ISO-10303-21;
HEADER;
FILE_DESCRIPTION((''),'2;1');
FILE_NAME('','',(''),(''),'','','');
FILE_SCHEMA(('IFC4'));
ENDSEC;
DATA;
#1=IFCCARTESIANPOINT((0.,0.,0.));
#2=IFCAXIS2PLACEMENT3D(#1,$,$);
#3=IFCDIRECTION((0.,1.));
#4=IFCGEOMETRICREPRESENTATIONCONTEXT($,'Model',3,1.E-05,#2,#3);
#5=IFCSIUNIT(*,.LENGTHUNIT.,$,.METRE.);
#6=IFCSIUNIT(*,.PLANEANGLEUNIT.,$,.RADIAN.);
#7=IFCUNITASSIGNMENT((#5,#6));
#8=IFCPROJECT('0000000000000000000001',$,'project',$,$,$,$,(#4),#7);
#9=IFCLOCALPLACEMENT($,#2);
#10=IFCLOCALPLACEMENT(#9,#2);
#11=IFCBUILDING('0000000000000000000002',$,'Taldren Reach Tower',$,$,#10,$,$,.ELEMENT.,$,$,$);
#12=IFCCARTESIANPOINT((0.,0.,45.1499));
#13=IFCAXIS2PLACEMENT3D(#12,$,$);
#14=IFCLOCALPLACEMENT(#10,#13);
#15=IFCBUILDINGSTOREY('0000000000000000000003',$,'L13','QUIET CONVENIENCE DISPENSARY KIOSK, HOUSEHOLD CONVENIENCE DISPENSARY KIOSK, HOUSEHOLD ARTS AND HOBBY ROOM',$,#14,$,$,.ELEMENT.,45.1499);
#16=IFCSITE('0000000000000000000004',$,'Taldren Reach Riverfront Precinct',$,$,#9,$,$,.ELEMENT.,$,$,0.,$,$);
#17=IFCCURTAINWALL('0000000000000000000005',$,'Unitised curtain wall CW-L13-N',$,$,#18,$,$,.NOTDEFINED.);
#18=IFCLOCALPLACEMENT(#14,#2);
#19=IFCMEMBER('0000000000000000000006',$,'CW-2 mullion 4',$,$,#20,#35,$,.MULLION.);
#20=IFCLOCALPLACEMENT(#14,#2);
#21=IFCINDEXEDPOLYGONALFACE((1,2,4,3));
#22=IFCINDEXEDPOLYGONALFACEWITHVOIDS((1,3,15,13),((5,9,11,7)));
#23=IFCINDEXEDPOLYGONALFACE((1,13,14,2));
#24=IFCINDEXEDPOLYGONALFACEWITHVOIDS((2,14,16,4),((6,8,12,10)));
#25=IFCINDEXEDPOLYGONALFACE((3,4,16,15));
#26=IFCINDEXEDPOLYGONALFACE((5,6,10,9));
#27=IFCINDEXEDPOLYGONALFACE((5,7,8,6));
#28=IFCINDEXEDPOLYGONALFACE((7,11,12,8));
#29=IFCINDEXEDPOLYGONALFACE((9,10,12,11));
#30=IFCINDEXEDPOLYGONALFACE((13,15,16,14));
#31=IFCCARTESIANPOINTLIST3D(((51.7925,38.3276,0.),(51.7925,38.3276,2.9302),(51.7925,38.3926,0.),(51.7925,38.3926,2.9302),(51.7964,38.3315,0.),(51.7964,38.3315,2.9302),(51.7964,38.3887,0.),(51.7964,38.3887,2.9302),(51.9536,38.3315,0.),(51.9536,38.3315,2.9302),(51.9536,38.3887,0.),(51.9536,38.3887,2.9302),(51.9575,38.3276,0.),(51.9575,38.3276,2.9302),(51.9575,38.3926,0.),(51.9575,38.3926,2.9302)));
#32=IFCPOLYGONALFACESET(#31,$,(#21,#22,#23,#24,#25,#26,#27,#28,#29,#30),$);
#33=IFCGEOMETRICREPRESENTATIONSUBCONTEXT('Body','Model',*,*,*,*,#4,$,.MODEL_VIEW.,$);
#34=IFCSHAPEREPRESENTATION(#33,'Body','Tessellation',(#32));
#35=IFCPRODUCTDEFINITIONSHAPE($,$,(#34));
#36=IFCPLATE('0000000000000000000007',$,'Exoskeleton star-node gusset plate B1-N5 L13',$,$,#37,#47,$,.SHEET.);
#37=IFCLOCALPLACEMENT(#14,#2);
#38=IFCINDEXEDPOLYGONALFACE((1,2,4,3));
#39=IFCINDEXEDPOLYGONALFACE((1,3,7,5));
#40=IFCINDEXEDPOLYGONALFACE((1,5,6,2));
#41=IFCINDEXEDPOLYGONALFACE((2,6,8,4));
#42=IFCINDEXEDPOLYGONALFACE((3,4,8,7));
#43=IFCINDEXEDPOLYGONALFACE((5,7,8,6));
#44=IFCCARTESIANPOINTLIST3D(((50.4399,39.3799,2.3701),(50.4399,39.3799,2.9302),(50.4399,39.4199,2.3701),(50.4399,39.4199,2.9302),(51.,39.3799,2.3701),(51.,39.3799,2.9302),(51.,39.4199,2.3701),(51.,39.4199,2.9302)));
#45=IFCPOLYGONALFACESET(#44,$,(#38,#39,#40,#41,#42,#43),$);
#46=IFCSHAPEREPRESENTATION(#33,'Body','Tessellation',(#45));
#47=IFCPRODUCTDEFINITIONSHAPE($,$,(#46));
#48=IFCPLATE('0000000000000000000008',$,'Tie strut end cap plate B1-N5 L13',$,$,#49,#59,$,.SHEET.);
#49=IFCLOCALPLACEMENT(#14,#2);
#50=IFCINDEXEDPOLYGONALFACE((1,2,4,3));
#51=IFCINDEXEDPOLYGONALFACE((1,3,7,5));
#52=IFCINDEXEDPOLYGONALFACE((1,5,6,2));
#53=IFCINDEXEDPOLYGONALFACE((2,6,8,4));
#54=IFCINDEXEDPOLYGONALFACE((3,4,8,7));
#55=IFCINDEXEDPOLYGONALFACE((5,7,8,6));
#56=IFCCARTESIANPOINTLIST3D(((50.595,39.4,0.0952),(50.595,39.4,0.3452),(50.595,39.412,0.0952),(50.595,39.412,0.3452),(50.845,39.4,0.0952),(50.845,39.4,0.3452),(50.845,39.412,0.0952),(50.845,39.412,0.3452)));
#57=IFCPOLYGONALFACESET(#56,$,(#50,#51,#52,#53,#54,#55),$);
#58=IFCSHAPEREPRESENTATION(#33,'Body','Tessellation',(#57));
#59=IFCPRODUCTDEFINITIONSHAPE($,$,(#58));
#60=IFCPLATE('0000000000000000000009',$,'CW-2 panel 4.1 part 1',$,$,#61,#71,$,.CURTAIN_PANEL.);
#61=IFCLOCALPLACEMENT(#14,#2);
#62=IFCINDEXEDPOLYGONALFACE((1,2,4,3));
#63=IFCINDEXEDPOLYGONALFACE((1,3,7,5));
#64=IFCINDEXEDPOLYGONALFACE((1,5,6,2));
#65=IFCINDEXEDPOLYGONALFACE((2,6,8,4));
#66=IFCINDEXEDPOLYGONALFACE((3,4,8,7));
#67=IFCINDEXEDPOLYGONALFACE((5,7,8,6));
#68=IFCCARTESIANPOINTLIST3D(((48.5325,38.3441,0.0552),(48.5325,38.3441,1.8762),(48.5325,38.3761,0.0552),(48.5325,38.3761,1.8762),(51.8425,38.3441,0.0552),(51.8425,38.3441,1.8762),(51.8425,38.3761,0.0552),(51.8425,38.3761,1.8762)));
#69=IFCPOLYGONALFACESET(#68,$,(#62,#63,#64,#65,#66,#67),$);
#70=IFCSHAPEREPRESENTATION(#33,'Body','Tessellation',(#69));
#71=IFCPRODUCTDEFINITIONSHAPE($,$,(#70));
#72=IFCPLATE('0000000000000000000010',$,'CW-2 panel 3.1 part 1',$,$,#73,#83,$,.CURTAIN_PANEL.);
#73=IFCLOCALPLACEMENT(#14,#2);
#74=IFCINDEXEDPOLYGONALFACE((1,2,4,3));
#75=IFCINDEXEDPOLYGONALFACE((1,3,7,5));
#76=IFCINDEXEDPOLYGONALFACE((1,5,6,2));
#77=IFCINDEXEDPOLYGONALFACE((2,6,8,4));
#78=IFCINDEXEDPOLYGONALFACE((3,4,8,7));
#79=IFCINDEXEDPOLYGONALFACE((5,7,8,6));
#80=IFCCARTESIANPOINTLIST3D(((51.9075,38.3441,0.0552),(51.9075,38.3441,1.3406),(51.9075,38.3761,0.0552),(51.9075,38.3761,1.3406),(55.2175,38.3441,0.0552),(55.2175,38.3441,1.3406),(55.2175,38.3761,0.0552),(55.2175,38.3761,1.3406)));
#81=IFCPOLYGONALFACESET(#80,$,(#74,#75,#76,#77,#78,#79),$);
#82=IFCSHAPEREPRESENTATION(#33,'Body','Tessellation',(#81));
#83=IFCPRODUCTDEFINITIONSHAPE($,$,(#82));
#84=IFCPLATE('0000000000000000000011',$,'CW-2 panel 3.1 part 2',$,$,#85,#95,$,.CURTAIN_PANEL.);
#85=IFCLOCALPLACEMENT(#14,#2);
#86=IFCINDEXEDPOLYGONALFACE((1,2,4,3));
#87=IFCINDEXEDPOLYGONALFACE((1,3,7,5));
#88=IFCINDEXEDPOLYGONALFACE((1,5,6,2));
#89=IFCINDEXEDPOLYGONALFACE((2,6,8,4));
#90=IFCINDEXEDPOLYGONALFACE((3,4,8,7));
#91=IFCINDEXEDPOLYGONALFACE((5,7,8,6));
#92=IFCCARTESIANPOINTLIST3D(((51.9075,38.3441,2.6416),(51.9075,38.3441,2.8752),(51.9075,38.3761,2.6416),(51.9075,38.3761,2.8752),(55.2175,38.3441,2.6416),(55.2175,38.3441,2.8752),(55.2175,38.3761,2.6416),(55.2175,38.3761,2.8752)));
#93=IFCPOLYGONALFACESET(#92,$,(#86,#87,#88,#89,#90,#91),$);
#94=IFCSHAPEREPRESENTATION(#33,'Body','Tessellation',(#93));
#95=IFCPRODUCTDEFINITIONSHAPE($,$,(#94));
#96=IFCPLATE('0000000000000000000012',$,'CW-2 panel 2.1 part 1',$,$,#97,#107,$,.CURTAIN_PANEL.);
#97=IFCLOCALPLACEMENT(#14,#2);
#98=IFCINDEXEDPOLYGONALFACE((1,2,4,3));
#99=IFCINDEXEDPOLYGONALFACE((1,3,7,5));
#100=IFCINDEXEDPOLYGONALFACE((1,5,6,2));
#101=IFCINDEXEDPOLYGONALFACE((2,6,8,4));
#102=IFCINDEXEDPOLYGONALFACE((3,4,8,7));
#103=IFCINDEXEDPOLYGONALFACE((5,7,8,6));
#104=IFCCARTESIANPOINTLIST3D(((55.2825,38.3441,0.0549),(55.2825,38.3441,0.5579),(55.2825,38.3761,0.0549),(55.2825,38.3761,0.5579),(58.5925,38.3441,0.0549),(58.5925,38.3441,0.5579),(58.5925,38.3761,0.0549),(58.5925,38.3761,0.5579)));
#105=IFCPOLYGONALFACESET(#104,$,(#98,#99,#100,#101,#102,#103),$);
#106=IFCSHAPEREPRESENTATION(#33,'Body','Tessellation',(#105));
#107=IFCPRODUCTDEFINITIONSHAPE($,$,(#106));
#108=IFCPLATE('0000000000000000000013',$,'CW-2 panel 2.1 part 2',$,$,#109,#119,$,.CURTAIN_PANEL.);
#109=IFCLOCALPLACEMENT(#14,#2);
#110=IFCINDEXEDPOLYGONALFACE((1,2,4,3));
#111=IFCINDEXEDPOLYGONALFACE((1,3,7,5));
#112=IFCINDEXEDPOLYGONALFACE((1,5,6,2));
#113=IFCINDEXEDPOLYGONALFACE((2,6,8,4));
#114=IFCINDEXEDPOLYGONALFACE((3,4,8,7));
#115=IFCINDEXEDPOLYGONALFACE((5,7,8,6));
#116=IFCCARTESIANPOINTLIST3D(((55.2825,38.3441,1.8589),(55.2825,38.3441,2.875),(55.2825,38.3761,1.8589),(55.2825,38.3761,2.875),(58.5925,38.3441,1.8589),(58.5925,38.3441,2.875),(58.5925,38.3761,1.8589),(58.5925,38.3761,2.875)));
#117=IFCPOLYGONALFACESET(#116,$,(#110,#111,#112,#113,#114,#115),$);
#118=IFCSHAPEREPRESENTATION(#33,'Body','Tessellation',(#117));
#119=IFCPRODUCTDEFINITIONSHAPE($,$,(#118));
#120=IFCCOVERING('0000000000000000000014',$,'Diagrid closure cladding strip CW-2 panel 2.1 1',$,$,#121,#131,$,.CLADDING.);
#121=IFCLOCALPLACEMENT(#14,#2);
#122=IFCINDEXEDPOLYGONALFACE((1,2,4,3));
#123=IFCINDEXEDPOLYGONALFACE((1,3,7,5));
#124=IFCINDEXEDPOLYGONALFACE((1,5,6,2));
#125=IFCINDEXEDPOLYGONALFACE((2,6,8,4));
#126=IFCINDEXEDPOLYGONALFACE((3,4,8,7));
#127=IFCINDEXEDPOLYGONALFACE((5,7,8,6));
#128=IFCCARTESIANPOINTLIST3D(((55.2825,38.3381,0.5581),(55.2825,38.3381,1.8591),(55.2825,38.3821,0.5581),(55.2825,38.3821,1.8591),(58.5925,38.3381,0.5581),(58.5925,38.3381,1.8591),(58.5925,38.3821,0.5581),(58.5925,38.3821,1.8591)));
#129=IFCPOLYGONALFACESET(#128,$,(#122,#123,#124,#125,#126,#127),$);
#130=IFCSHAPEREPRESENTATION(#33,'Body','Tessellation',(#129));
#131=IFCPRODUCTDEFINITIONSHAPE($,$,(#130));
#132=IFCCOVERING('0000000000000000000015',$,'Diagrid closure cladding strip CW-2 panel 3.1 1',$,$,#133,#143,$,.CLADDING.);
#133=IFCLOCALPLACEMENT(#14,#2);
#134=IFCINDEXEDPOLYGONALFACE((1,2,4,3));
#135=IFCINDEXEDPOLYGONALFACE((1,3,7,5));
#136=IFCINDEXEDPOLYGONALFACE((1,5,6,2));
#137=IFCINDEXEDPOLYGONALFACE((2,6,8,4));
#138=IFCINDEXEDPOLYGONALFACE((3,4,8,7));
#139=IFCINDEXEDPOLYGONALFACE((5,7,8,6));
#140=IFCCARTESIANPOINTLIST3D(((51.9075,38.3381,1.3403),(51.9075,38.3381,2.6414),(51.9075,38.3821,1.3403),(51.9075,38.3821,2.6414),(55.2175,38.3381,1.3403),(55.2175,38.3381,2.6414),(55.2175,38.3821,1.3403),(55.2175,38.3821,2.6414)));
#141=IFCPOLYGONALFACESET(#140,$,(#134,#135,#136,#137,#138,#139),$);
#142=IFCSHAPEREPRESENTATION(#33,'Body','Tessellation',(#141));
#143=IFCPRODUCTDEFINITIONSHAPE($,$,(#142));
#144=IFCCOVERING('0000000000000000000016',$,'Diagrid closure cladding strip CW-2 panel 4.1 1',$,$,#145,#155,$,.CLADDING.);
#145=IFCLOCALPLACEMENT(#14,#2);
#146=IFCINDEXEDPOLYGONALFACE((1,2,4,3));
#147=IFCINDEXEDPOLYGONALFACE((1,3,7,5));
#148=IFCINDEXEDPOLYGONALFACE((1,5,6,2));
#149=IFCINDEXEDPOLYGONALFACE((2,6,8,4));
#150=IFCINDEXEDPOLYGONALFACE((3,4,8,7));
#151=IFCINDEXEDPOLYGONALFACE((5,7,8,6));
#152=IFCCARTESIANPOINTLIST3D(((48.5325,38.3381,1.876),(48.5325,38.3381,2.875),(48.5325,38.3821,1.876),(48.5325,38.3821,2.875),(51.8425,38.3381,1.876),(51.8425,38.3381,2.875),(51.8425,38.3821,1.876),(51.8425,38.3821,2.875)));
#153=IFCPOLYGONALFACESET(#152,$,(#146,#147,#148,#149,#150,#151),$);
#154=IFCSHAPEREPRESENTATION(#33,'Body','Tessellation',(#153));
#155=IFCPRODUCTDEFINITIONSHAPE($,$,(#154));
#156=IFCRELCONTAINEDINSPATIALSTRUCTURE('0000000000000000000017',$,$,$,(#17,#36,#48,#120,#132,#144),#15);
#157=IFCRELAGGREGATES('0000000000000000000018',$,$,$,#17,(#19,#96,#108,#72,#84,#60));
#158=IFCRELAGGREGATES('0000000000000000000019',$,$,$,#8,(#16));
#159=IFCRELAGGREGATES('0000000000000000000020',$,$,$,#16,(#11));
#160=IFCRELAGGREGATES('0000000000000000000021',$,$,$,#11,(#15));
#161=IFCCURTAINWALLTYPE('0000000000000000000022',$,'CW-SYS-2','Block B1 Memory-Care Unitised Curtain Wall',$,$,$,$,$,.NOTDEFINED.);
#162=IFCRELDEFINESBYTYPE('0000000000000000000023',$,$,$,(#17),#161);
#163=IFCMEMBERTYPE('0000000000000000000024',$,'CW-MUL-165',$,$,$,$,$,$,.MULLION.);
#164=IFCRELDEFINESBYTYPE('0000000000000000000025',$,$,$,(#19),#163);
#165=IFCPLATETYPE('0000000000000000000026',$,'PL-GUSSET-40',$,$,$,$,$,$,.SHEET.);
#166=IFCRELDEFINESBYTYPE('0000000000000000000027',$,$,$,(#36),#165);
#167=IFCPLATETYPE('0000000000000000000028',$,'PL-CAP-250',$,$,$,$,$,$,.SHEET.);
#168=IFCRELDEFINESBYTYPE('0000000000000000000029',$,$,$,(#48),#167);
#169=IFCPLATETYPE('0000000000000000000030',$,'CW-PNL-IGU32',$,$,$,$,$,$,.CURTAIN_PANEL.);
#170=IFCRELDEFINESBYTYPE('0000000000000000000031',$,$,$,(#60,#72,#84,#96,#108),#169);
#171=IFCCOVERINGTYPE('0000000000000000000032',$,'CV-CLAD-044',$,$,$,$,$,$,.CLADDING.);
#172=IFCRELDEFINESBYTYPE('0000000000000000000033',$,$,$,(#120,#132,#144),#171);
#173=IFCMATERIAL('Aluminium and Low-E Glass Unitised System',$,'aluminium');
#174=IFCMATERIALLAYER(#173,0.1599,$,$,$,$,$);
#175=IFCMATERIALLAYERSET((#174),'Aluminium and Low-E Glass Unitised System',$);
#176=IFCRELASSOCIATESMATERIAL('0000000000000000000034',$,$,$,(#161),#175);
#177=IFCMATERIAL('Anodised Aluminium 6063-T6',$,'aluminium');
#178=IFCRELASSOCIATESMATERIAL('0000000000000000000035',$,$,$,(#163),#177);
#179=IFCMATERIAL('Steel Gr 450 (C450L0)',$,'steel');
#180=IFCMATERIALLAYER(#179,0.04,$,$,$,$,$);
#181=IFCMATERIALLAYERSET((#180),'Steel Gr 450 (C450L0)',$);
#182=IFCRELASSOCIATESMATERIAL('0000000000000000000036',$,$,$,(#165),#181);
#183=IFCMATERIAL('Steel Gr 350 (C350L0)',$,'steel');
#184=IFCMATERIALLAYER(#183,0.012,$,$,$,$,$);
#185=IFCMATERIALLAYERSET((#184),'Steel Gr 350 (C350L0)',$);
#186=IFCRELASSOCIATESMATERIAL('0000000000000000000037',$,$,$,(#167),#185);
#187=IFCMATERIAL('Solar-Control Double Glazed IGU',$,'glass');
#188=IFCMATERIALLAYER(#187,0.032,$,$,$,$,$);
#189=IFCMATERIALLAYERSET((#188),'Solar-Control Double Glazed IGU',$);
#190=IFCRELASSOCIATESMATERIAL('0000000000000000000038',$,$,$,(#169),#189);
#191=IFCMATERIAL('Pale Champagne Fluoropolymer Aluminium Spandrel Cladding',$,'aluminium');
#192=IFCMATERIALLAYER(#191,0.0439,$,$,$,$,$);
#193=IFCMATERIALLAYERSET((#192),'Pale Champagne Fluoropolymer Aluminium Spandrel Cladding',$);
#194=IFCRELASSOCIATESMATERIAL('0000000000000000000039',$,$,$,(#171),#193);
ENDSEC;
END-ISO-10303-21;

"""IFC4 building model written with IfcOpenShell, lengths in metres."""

from ifc_helpers import new_model, si_unit, direction, frame, origin, origin_2d, place, context, subcontext, project, spatial, rectangle, hollow_rectangle, extrude, source, transform, mapped, material, layer, layer_set, material_profile, profile_set, type_object, element, aggregate, save


model = new_model("IFC4")

# Units and contexts
model_context = context("Model", 3, precision=1e-05, world=origin(), true_north=direction((0.0, 1.0)))
body_context = subcontext(model_context, "Body", "Model", "MODEL_VIEW")
ifc_project = project(units=[si_unit("LENGTHUNIT", "METRE"), si_unit("PLANEANGLEUNIT", "RADIAN")], contexts=[model_context])

# Site, building, storey
site_placement = place(None, origin())
site = spatial("IfcSite", under=ifc_project, at=site_placement, Name="Taldren Reach Riverfront Precinct", CompositionType="ELEMENT", RefElevation=0.0)
building_placement = place(site_placement, origin())
building = spatial("IfcBuilding", under=site, at=building_placement, Name="Taldren Reach Tower", CompositionType="ELEMENT")
storey_placement = place(building_placement, frame((0.0, 0.0, 45.1499)))
storey = spatial("IfcBuildingStorey", under=building, at=storey_placement, Name="L13", Description="QUIET CONVENIENCE DISPENSARY KIOSK, HOUSEHOLD CONVENIENCE DISPENSARY KIOSK, HOUSEHOLD ARTS AND HOBBY ROOM", CompositionType="ELEMENT", Elevation=45.1499)

# Shared definitions
ifc_material_1 = material(Name="Steel Gr 450 (C450L0)", Category="steel")
ifc_material_2 = material(Name="Steel Gr 350 (C350L0)", Category="steel")

# Curtain wall, member
ifc_material_3 = material(Name="Aluminium and Low-E Glass Unitised System", Category="aluminium")
ifc_layer_1 = layer(ifc_material_3, 0.1599)
ifc_layer_set_1 = layer_set([ifc_layer_1], Name="Aluminium and Low-E Glass Unitised System")
curtain_wall_type = type_object("IfcCurtainWallType", Name="CW-SYS-2", Description="Block B1 Memory-Care Unitised Curtain Wall", PredefinedType="NOTDEFINED", material=ifc_layer_set_1)
curtain_wall_placement = place(storey_placement, origin())
curtain_wall = element("IfcCurtainWall", 1, at=curtain_wall_placement, inside=storey, type_object=curtain_wall_type, Name="Unitised curtain wall CW-L13-N", PredefinedType="NOTDEFINED")
ifc_material_4 = material(Name="Anodised Aluminium 6063-T6", Category="aluminium")
ifc_material_profile_1 = material_profile(ifc_material_4, hollow_rectangle(XDim=0.0649, YDim=0.165, WallThickness=0.0039, at=origin_2d()), Name="ALU-165x65x4RHS")
ifc_profile_set_1 = profile_set([ifc_material_profile_1], Name="Anodised Aluminium 6063-T6")
member_type_1 = type_object("IfcMemberType", Name="CW-MUL-165", PredefinedType="MULLION", material=ifc_profile_set_1)
shared_shape_1 = source(origin(), body_context, "Body", "SweptSolid", [
    extrude(hollow_rectangle(XDim=0.0649, YDim=0.165, WallThickness=0.0039, at=origin_2d()), origin(), (0.0, 0.0, 1.0), 2.9302),
])
member_1_placement = place(storey_placement, frame((51.875, 38.3601, 0.0), z_axis=(0.0, 0.0, 1.0), x_axis=(0.0, -1.0, 0.0)))
member_1 = element("IfcMember", 2, at=member_1_placement, type_object=member_type_1, Name="CW-2 mullion 4", PredefinedType="MULLION", context=body_context, shape_type="MappedRepresentation", body=[
    mapped(shared_shape_1, transform((0.0, 0.0, 0.0), scale=1.0)),
])

# Plates
ifc_layer_2 = layer(ifc_material_1, 0.04)
ifc_layer_set_2 = layer_set([ifc_layer_2], Name="Steel Gr 450 (C450L0)")
plate_type_1 = type_object("IfcPlateType", Name="PL-GUSSET-40", PredefinedType="SHEET", material=ifc_layer_set_2)
shared_shape_2 = source(origin(), body_context, "Body", "SweptSolid", [
    extrude(rectangle(XDim=0.5601, YDim=0.04, at=origin_2d()), origin(), (0.0, 0.0, 1.0), 0.5601),
])
plate_1_placement = place(storey_placement, frame((50.72, 39.3999, 2.3701), z_axis=(0.0, 0.0, 1.0), x_axis=(1.0, 0.0, 0.0)))
element("IfcPlate", 3, at=plate_1_placement, inside=storey, type_object=plate_type_1, Name="Exoskeleton star-node gusset plate B1-N5 L13", PredefinedType="SHEET", context=body_context, shape_type="MappedRepresentation", body=[
    mapped(shared_shape_2, transform((0.0, 0.0, 0.0), scale=1.0)),
])
ifc_layer_3 = layer(ifc_material_2, 0.012)
ifc_layer_set_3 = layer_set([ifc_layer_3], Name="Steel Gr 350 (C350L0)")
plate_type_2 = type_object("IfcPlateType", Name="PL-CAP-250", PredefinedType="SHEET", material=ifc_layer_set_3)
shared_shape_3 = source(origin(), body_context, "Body", "SweptSolid", [
    extrude(rectangle(XDim=0.25, YDim=0.012, at=origin_2d()), origin(), (0.0, 0.0, 1.0), 0.25),
])
plate_2_placement = place(storey_placement, frame((50.72, 39.406, 0.0952), z_axis=(0.0, 0.0, 1.0), x_axis=(1.0, 0.0, 0.0)))
element("IfcPlate", 4, at=plate_2_placement, inside=storey, type_object=plate_type_2, Name="Tie strut end cap plate B1-N5 L13", PredefinedType="SHEET", context=body_context, shape_type="MappedRepresentation", body=[
    mapped(shared_shape_3, transform((0.0, 0.0, 0.0), scale=1.0)),
])

# Plates
ifc_material_5 = material(Name="Solar-Control Double Glazed IGU", Category="glass")
ifc_layer_4 = layer(ifc_material_5, 0.032)
ifc_layer_set_4 = layer_set([ifc_layer_4], Name="Solar-Control Double Glazed IGU")
plate_type_3 = type_object("IfcPlateType", Name="CW-PNL-IGU32", PredefinedType="CURTAIN_PANEL", material=ifc_layer_set_4)
shared_shape_4 = source(origin(), body_context, "Body", "SweptSolid", [
    extrude(rectangle(XDim=3.3101, YDim=0.032, at=origin_2d()), origin(), (0.0, 0.0, 1.0), 1.821),
])
plate_3_placement = place(storey_placement, frame((50.1875, 38.3601, 0.0552), z_axis=(0.0, 0.0, 1.0), x_axis=(-1.0, 0.0, 0.0)))
plate_3 = element("IfcPlate", 5, at=plate_3_placement, type_object=plate_type_3, Name="CW-2 panel 4.1 part 1", PredefinedType="CURTAIN_PANEL", context=body_context, shape_type="MappedRepresentation", body=[
    mapped(shared_shape_4, transform((0.0, 0.0, 0.0), scale=1.0)),
])
shared_shape_5 = source(origin(), body_context, "Body", "SweptSolid", [
    extrude(rectangle(XDim=3.3101, YDim=0.032, at=origin_2d()), origin(), (0.0, 0.0, 1.0), 1.2854),
])
plate_4_placement = place(storey_placement, frame((53.5625, 38.3601, 0.0552), z_axis=(0.0, 0.0, 1.0), x_axis=(-1.0, 0.0, 0.0)))
plate_4 = element("IfcPlate", 6, at=plate_4_placement, type_object=plate_type_3, Name="CW-2 panel 3.1 part 1", PredefinedType="CURTAIN_PANEL", context=body_context, shape_type="MappedRepresentation", body=[
    mapped(shared_shape_5, transform((0.0, 0.0, 0.0), scale=1.0)),
])
shared_shape_6 = source(origin(), body_context, "Body", "SweptSolid", [
    extrude(rectangle(XDim=3.3101, YDim=0.032, at=origin_2d()), origin(), (0.0, 0.0, 1.0), 0.2336),
])
plate_5_placement = place(storey_placement, frame((53.5625, 38.3601, 2.6416), z_axis=(0.0, 0.0, 1.0), x_axis=(-1.0, 0.0, 0.0)))
plate_5 = element("IfcPlate", 7, at=plate_5_placement, type_object=plate_type_3, Name="CW-2 panel 3.1 part 2", PredefinedType="CURTAIN_PANEL", context=body_context, shape_type="MappedRepresentation", body=[
    mapped(shared_shape_6, transform((0.0, 0.0, 0.0), scale=1.0)),
])
shared_shape_7 = source(origin(), body_context, "Body", "SweptSolid", [
    extrude(rectangle(XDim=3.3101, YDim=0.032, at=origin_2d()), origin(), (0.0, 0.0, 1.0), 0.5029),
])
plate_6_placement = place(storey_placement, frame((56.9375, 38.3601, 0.0549), z_axis=(0.0, 0.0, 1.0), x_axis=(-1.0, 0.0, 0.0)))
plate_6 = element("IfcPlate", 8, at=plate_6_placement, type_object=plate_type_3, Name="CW-2 panel 2.1 part 1", PredefinedType="CURTAIN_PANEL", context=body_context, shape_type="MappedRepresentation", body=[
    mapped(shared_shape_7, transform((0.0, 0.0, 0.0), scale=1.0)),
])
shared_shape_8 = source(origin(), body_context, "Body", "SweptSolid", [
    extrude(rectangle(XDim=3.3101, YDim=0.032, at=origin_2d()), origin(), (0.0, 0.0, 1.0), 1.0161),
])
plate_7_placement = place(storey_placement, frame((56.9375, 38.3601, 1.8589), z_axis=(0.0, 0.0, 1.0), x_axis=(-1.0, 0.0, 0.0)))
plate_7 = element("IfcPlate", 9, at=plate_7_placement, type_object=plate_type_3, Name="CW-2 panel 2.1 part 2", PredefinedType="CURTAIN_PANEL", context=body_context, shape_type="MappedRepresentation", body=[
    mapped(shared_shape_8, transform((0.0, 0.0, 0.0), scale=1.0)),
])
aggregate(curtain_wall, [member_1, plate_6, plate_7, plate_4, plate_5, plate_3])

# Coverings
ifc_material_6 = material(Name="Pale Champagne Fluoropolymer Aluminium Spandrel Cladding", Category="aluminium")
ifc_layer_5 = layer(ifc_material_6, 0.0439)
ifc_layer_set_5 = layer_set([ifc_layer_5], Name="Pale Champagne Fluoropolymer Aluminium Spandrel Cladding")
covering_type = type_object("IfcCoveringType", Name="CV-CLAD-044", PredefinedType="CLADDING", material=ifc_layer_set_5)
shared_shape_9 = source(origin(), body_context, "Body", "SweptSolid", [
    extrude(rectangle(XDim=3.3101, YDim=0.0439, at=origin_2d()), origin(), (0.0, 0.0, 1.0), 1.301),
])
for number, where, z_axis, x_axis, name in (
    (10, (56.9375, 38.3601, 0.5581), (0.0, 0.0, 1.0), (-1.0, 0.0, 0.0), "Diagrid closure cladding strip CW-2 panel 2.1 1"),
    (11, (53.5625, 38.3601, 1.3403), (0.0, 0.0, 1.0), (-1.0, 0.0, 0.0), "Diagrid closure cladding strip CW-2 panel 3.1 1"),
):
    element("IfcCovering", number, at=place(storey_placement, frame(where, z_axis=z_axis, x_axis=x_axis)), inside=storey, type_object=covering_type, Name=name, PredefinedType="CLADDING", context=body_context, shape_type="MappedRepresentation", body=[
        mapped(shared_shape_9, transform((0.0, 0.0, 0.0), scale=1.0)),
    ])
shared_shape_10 = source(origin(), body_context, "Body", "SweptSolid", [
    extrude(rectangle(XDim=3.3101, YDim=0.0439, at=origin_2d()), origin(), (0.0, 0.0, 1.0), 0.999),
])
covering_placement = place(storey_placement, frame((50.1875, 38.3601, 1.876), z_axis=(0.0, 0.0, 1.0), x_axis=(-1.0, 0.0, 0.0)))
element("IfcCovering", 12, at=covering_placement, inside=storey, type_object=covering_type, Name="Diagrid closure cladding strip CW-2 panel 4.1 1", PredefinedType="CLADDING", context=body_context, shape_type="MappedRepresentation", body=[
    mapped(shared_shape_10, transform((0.0, 0.0, 0.0), scale=1.0)),
])

save(model, "model.ifc")
